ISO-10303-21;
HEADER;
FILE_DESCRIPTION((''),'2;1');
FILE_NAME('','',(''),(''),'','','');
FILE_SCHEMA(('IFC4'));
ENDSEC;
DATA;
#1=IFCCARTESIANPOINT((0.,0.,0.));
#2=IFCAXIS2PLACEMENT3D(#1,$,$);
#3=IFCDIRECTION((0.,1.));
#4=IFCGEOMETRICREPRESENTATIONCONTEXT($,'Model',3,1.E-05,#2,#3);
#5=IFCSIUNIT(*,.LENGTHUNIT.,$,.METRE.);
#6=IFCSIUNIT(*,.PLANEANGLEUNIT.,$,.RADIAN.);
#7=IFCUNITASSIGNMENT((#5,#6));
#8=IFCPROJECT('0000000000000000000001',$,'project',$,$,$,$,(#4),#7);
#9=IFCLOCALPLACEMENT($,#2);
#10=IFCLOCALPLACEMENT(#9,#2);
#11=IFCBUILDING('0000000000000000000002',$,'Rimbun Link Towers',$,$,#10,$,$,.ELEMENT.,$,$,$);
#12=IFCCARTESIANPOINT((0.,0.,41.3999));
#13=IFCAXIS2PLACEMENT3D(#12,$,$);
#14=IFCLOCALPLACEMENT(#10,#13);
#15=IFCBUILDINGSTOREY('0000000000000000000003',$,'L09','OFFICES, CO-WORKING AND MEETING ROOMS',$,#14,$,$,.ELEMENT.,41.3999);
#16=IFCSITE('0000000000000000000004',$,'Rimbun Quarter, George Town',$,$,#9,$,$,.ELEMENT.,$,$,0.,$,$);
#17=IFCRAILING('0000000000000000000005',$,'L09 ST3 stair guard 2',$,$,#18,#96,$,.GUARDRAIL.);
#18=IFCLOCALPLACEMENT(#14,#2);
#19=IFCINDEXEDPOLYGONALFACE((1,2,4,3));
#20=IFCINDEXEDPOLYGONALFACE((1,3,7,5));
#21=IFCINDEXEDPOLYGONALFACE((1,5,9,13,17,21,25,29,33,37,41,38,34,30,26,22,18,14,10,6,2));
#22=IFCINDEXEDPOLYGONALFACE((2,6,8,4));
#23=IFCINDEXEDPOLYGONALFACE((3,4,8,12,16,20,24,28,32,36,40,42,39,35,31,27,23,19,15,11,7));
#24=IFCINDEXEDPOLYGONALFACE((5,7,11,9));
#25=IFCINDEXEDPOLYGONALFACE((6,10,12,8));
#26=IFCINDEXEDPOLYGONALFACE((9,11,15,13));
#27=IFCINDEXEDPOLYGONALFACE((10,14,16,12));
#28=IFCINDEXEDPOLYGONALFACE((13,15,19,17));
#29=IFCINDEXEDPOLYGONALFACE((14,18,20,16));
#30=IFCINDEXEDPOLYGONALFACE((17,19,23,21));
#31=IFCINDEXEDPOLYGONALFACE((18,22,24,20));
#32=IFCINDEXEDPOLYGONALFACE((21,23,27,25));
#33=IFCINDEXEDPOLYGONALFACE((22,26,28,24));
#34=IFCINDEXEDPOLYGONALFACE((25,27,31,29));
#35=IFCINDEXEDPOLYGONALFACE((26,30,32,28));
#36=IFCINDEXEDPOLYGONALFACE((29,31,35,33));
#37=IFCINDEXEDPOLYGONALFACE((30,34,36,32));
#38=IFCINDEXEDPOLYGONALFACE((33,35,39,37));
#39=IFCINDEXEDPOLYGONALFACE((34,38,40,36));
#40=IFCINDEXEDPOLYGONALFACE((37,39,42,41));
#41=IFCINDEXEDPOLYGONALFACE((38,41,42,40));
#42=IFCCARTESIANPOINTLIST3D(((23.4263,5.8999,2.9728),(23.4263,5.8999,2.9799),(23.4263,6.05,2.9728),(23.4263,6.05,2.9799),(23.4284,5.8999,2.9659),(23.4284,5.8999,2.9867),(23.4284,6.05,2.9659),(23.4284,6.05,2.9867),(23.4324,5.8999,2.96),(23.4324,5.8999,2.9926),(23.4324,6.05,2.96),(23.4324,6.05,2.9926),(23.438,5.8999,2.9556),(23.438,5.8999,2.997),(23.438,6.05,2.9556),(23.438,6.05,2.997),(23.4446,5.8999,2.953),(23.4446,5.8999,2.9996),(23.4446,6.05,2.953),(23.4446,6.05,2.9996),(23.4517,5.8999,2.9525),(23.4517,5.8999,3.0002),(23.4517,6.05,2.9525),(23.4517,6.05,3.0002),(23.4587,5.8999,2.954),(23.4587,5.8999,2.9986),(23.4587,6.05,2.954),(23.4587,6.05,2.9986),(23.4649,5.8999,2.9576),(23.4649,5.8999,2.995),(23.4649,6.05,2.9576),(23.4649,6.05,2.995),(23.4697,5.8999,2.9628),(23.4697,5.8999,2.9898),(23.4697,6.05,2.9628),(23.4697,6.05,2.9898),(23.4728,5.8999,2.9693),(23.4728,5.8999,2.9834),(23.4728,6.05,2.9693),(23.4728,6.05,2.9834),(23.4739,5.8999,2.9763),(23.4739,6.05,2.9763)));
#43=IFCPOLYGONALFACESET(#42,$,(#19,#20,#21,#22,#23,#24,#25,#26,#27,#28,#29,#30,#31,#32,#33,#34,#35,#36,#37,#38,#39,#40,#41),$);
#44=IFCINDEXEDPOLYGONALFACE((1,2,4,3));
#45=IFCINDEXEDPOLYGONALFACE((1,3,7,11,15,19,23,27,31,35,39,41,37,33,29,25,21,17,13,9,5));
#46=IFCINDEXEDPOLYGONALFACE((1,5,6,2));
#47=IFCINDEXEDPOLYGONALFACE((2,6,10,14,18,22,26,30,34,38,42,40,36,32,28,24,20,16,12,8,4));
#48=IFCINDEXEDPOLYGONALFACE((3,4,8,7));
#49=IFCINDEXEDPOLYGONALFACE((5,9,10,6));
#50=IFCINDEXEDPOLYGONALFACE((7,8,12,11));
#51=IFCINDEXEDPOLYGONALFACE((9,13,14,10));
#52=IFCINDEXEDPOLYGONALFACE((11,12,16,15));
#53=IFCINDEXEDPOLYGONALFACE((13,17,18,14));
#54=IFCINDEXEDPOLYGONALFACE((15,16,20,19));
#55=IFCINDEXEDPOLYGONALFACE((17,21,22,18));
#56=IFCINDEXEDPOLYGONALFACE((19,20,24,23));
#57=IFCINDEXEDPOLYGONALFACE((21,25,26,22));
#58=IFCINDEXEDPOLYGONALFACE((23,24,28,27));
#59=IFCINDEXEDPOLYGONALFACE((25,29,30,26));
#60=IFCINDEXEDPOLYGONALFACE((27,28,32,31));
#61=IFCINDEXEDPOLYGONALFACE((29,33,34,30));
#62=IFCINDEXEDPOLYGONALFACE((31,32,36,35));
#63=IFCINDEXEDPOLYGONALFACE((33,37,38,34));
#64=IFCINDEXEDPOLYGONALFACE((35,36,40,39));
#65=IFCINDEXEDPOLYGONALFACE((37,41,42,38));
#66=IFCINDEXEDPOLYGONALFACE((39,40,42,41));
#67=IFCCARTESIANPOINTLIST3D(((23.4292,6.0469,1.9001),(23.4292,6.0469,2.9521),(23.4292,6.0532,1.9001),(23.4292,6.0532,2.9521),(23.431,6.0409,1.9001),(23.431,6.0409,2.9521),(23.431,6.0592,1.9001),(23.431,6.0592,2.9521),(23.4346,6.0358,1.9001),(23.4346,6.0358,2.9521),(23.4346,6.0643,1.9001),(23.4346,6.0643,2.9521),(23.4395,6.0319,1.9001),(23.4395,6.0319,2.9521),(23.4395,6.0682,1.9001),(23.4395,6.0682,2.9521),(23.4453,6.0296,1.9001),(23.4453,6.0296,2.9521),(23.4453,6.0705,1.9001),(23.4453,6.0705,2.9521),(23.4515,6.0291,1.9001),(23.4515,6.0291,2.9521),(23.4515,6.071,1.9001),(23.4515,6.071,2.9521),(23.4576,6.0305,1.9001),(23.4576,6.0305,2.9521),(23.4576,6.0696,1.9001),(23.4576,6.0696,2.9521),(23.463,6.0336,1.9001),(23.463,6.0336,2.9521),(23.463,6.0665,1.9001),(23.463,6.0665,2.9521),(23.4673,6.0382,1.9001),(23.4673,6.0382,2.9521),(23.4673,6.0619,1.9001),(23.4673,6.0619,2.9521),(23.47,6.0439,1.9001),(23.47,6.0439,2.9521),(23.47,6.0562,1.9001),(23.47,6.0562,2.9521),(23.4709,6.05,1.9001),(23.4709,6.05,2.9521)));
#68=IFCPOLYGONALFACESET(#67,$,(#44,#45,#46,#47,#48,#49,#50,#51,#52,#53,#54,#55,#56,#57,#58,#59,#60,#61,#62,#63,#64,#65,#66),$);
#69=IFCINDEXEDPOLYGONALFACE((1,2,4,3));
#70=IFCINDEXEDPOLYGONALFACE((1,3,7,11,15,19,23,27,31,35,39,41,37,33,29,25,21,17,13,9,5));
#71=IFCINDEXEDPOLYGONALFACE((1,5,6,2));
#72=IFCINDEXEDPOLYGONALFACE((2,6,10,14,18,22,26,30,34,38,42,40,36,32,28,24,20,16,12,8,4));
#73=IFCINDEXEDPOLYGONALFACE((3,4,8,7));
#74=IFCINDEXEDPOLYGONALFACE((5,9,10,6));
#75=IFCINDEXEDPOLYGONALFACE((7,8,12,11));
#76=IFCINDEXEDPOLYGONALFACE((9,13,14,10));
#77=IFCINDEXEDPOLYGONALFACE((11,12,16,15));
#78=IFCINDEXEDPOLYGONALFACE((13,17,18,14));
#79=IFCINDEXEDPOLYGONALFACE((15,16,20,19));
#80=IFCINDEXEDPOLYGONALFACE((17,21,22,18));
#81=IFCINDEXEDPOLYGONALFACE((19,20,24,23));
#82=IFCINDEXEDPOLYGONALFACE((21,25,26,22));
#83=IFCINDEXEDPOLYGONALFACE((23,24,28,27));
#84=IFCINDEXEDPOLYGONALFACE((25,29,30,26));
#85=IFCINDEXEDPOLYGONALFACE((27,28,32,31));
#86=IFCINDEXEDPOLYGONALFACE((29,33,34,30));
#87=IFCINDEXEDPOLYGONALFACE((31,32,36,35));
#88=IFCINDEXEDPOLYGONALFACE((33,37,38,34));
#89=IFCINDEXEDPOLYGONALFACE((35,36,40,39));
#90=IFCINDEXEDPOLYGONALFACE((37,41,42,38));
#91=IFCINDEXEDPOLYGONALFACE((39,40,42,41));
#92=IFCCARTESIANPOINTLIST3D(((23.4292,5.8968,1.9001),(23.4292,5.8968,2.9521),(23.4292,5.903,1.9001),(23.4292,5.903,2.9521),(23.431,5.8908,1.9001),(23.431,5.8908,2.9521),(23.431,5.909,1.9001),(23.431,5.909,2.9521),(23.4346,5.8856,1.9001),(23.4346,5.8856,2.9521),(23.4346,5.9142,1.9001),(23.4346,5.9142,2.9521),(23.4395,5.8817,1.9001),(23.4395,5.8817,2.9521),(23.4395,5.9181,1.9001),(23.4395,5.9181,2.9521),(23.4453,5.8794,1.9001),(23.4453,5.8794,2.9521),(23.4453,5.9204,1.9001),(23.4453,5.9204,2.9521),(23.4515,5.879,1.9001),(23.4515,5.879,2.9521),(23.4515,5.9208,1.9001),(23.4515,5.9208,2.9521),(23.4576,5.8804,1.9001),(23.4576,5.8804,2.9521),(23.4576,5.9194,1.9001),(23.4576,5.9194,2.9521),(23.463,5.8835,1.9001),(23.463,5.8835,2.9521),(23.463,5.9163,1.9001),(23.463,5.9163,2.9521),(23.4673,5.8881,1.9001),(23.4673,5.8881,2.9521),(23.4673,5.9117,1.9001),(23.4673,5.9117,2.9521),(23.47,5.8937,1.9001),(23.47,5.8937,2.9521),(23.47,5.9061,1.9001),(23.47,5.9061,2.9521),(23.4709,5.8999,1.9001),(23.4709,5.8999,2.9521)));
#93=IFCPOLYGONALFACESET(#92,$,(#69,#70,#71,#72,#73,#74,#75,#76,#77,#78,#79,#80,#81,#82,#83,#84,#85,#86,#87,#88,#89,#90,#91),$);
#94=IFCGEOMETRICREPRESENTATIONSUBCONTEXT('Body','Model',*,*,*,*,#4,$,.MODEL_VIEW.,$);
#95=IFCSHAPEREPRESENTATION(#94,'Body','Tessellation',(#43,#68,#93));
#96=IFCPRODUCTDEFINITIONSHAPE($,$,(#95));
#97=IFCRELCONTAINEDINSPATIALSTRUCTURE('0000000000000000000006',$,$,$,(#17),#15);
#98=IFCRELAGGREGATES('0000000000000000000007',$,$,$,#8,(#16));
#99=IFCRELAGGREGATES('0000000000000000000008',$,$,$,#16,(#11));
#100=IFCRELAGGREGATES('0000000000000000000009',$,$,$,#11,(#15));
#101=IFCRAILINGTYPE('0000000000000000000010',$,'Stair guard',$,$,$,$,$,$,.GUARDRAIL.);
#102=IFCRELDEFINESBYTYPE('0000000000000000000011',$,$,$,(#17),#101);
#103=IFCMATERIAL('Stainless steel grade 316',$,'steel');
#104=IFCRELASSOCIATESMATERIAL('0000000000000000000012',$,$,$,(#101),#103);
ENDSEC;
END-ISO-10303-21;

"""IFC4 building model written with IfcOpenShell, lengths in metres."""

from ifc_helpers import new_model, si_unit, direction, frame, origin, origin_2d, place, context, subcontext, project, spatial, circle, extrude, material, type_object, element, save


model = new_model("IFC4")

# Units and contexts
model_context = context("Model", 3, precision=1e-05, world=origin(), true_north=direction((0.0, 1.0)))
body_context = subcontext(model_context, "Body", "Model", "MODEL_VIEW")
ifc_project = project(units=[si_unit("LENGTHUNIT", "METRE"), si_unit("PLANEANGLEUNIT", "RADIAN")], contexts=[model_context])

# Site, building, storey
site_placement = place(None, origin())
site = spatial("IfcSite", under=ifc_project, at=site_placement, Name="Rimbun Quarter, George Town", CompositionType="ELEMENT", RefElevation=0.0)
building_placement = place(site_placement, origin())
building = spatial("IfcBuilding", under=site, at=building_placement, Name="Rimbun Link Towers", CompositionType="ELEMENT")
storey_placement = place(building_placement, frame((0.0, 0.0, 41.3999)))
storey = spatial("IfcBuildingStorey", under=building, at=storey_placement, Name="L09", Description="OFFICES, CO-WORKING AND MEETING ROOMS", CompositionType="ELEMENT", Elevation=41.3999)

# Railing
ifc_material_1 = material(Name="Stainless steel grade 316", Category="steel")
railing_type_1 = type_object("IfcRailingType", Name="Stair guard", PredefinedType="GUARDRAIL", material=ifc_material_1)
railing_1_placement = place(storey_placement, frame((23.45, 6.05, 1.9001)))
element("IfcRailing", 1, at=railing_1_placement, inside=storey, type_object=railing_type_1, Name="L09 ST3 stair guard 2", PredefinedType="GUARDRAIL", context=body_context, shape_type="SweptSolid", body=[
    extrude(circle(Radius=0.0239, at=origin_2d()), frame((0.0, 0.0, 1.0762), z_axis=(0.0, -1.0, 0.0), x_axis=(1.0, 0.0, 0.0)), (0.0, 0.0, 1.0), 0.1501),
    extrude(circle(Radius=0.021, at=origin_2d()), origin(), (0.0, 0.0, 1.0), 1.052),
    extrude(circle(Radius=0.021, at=origin_2d()), frame((0.0, -0.1501, 0.0)), (0.0, 0.0, 1.0), 1.052),
])

save(model, "model.ifc")
